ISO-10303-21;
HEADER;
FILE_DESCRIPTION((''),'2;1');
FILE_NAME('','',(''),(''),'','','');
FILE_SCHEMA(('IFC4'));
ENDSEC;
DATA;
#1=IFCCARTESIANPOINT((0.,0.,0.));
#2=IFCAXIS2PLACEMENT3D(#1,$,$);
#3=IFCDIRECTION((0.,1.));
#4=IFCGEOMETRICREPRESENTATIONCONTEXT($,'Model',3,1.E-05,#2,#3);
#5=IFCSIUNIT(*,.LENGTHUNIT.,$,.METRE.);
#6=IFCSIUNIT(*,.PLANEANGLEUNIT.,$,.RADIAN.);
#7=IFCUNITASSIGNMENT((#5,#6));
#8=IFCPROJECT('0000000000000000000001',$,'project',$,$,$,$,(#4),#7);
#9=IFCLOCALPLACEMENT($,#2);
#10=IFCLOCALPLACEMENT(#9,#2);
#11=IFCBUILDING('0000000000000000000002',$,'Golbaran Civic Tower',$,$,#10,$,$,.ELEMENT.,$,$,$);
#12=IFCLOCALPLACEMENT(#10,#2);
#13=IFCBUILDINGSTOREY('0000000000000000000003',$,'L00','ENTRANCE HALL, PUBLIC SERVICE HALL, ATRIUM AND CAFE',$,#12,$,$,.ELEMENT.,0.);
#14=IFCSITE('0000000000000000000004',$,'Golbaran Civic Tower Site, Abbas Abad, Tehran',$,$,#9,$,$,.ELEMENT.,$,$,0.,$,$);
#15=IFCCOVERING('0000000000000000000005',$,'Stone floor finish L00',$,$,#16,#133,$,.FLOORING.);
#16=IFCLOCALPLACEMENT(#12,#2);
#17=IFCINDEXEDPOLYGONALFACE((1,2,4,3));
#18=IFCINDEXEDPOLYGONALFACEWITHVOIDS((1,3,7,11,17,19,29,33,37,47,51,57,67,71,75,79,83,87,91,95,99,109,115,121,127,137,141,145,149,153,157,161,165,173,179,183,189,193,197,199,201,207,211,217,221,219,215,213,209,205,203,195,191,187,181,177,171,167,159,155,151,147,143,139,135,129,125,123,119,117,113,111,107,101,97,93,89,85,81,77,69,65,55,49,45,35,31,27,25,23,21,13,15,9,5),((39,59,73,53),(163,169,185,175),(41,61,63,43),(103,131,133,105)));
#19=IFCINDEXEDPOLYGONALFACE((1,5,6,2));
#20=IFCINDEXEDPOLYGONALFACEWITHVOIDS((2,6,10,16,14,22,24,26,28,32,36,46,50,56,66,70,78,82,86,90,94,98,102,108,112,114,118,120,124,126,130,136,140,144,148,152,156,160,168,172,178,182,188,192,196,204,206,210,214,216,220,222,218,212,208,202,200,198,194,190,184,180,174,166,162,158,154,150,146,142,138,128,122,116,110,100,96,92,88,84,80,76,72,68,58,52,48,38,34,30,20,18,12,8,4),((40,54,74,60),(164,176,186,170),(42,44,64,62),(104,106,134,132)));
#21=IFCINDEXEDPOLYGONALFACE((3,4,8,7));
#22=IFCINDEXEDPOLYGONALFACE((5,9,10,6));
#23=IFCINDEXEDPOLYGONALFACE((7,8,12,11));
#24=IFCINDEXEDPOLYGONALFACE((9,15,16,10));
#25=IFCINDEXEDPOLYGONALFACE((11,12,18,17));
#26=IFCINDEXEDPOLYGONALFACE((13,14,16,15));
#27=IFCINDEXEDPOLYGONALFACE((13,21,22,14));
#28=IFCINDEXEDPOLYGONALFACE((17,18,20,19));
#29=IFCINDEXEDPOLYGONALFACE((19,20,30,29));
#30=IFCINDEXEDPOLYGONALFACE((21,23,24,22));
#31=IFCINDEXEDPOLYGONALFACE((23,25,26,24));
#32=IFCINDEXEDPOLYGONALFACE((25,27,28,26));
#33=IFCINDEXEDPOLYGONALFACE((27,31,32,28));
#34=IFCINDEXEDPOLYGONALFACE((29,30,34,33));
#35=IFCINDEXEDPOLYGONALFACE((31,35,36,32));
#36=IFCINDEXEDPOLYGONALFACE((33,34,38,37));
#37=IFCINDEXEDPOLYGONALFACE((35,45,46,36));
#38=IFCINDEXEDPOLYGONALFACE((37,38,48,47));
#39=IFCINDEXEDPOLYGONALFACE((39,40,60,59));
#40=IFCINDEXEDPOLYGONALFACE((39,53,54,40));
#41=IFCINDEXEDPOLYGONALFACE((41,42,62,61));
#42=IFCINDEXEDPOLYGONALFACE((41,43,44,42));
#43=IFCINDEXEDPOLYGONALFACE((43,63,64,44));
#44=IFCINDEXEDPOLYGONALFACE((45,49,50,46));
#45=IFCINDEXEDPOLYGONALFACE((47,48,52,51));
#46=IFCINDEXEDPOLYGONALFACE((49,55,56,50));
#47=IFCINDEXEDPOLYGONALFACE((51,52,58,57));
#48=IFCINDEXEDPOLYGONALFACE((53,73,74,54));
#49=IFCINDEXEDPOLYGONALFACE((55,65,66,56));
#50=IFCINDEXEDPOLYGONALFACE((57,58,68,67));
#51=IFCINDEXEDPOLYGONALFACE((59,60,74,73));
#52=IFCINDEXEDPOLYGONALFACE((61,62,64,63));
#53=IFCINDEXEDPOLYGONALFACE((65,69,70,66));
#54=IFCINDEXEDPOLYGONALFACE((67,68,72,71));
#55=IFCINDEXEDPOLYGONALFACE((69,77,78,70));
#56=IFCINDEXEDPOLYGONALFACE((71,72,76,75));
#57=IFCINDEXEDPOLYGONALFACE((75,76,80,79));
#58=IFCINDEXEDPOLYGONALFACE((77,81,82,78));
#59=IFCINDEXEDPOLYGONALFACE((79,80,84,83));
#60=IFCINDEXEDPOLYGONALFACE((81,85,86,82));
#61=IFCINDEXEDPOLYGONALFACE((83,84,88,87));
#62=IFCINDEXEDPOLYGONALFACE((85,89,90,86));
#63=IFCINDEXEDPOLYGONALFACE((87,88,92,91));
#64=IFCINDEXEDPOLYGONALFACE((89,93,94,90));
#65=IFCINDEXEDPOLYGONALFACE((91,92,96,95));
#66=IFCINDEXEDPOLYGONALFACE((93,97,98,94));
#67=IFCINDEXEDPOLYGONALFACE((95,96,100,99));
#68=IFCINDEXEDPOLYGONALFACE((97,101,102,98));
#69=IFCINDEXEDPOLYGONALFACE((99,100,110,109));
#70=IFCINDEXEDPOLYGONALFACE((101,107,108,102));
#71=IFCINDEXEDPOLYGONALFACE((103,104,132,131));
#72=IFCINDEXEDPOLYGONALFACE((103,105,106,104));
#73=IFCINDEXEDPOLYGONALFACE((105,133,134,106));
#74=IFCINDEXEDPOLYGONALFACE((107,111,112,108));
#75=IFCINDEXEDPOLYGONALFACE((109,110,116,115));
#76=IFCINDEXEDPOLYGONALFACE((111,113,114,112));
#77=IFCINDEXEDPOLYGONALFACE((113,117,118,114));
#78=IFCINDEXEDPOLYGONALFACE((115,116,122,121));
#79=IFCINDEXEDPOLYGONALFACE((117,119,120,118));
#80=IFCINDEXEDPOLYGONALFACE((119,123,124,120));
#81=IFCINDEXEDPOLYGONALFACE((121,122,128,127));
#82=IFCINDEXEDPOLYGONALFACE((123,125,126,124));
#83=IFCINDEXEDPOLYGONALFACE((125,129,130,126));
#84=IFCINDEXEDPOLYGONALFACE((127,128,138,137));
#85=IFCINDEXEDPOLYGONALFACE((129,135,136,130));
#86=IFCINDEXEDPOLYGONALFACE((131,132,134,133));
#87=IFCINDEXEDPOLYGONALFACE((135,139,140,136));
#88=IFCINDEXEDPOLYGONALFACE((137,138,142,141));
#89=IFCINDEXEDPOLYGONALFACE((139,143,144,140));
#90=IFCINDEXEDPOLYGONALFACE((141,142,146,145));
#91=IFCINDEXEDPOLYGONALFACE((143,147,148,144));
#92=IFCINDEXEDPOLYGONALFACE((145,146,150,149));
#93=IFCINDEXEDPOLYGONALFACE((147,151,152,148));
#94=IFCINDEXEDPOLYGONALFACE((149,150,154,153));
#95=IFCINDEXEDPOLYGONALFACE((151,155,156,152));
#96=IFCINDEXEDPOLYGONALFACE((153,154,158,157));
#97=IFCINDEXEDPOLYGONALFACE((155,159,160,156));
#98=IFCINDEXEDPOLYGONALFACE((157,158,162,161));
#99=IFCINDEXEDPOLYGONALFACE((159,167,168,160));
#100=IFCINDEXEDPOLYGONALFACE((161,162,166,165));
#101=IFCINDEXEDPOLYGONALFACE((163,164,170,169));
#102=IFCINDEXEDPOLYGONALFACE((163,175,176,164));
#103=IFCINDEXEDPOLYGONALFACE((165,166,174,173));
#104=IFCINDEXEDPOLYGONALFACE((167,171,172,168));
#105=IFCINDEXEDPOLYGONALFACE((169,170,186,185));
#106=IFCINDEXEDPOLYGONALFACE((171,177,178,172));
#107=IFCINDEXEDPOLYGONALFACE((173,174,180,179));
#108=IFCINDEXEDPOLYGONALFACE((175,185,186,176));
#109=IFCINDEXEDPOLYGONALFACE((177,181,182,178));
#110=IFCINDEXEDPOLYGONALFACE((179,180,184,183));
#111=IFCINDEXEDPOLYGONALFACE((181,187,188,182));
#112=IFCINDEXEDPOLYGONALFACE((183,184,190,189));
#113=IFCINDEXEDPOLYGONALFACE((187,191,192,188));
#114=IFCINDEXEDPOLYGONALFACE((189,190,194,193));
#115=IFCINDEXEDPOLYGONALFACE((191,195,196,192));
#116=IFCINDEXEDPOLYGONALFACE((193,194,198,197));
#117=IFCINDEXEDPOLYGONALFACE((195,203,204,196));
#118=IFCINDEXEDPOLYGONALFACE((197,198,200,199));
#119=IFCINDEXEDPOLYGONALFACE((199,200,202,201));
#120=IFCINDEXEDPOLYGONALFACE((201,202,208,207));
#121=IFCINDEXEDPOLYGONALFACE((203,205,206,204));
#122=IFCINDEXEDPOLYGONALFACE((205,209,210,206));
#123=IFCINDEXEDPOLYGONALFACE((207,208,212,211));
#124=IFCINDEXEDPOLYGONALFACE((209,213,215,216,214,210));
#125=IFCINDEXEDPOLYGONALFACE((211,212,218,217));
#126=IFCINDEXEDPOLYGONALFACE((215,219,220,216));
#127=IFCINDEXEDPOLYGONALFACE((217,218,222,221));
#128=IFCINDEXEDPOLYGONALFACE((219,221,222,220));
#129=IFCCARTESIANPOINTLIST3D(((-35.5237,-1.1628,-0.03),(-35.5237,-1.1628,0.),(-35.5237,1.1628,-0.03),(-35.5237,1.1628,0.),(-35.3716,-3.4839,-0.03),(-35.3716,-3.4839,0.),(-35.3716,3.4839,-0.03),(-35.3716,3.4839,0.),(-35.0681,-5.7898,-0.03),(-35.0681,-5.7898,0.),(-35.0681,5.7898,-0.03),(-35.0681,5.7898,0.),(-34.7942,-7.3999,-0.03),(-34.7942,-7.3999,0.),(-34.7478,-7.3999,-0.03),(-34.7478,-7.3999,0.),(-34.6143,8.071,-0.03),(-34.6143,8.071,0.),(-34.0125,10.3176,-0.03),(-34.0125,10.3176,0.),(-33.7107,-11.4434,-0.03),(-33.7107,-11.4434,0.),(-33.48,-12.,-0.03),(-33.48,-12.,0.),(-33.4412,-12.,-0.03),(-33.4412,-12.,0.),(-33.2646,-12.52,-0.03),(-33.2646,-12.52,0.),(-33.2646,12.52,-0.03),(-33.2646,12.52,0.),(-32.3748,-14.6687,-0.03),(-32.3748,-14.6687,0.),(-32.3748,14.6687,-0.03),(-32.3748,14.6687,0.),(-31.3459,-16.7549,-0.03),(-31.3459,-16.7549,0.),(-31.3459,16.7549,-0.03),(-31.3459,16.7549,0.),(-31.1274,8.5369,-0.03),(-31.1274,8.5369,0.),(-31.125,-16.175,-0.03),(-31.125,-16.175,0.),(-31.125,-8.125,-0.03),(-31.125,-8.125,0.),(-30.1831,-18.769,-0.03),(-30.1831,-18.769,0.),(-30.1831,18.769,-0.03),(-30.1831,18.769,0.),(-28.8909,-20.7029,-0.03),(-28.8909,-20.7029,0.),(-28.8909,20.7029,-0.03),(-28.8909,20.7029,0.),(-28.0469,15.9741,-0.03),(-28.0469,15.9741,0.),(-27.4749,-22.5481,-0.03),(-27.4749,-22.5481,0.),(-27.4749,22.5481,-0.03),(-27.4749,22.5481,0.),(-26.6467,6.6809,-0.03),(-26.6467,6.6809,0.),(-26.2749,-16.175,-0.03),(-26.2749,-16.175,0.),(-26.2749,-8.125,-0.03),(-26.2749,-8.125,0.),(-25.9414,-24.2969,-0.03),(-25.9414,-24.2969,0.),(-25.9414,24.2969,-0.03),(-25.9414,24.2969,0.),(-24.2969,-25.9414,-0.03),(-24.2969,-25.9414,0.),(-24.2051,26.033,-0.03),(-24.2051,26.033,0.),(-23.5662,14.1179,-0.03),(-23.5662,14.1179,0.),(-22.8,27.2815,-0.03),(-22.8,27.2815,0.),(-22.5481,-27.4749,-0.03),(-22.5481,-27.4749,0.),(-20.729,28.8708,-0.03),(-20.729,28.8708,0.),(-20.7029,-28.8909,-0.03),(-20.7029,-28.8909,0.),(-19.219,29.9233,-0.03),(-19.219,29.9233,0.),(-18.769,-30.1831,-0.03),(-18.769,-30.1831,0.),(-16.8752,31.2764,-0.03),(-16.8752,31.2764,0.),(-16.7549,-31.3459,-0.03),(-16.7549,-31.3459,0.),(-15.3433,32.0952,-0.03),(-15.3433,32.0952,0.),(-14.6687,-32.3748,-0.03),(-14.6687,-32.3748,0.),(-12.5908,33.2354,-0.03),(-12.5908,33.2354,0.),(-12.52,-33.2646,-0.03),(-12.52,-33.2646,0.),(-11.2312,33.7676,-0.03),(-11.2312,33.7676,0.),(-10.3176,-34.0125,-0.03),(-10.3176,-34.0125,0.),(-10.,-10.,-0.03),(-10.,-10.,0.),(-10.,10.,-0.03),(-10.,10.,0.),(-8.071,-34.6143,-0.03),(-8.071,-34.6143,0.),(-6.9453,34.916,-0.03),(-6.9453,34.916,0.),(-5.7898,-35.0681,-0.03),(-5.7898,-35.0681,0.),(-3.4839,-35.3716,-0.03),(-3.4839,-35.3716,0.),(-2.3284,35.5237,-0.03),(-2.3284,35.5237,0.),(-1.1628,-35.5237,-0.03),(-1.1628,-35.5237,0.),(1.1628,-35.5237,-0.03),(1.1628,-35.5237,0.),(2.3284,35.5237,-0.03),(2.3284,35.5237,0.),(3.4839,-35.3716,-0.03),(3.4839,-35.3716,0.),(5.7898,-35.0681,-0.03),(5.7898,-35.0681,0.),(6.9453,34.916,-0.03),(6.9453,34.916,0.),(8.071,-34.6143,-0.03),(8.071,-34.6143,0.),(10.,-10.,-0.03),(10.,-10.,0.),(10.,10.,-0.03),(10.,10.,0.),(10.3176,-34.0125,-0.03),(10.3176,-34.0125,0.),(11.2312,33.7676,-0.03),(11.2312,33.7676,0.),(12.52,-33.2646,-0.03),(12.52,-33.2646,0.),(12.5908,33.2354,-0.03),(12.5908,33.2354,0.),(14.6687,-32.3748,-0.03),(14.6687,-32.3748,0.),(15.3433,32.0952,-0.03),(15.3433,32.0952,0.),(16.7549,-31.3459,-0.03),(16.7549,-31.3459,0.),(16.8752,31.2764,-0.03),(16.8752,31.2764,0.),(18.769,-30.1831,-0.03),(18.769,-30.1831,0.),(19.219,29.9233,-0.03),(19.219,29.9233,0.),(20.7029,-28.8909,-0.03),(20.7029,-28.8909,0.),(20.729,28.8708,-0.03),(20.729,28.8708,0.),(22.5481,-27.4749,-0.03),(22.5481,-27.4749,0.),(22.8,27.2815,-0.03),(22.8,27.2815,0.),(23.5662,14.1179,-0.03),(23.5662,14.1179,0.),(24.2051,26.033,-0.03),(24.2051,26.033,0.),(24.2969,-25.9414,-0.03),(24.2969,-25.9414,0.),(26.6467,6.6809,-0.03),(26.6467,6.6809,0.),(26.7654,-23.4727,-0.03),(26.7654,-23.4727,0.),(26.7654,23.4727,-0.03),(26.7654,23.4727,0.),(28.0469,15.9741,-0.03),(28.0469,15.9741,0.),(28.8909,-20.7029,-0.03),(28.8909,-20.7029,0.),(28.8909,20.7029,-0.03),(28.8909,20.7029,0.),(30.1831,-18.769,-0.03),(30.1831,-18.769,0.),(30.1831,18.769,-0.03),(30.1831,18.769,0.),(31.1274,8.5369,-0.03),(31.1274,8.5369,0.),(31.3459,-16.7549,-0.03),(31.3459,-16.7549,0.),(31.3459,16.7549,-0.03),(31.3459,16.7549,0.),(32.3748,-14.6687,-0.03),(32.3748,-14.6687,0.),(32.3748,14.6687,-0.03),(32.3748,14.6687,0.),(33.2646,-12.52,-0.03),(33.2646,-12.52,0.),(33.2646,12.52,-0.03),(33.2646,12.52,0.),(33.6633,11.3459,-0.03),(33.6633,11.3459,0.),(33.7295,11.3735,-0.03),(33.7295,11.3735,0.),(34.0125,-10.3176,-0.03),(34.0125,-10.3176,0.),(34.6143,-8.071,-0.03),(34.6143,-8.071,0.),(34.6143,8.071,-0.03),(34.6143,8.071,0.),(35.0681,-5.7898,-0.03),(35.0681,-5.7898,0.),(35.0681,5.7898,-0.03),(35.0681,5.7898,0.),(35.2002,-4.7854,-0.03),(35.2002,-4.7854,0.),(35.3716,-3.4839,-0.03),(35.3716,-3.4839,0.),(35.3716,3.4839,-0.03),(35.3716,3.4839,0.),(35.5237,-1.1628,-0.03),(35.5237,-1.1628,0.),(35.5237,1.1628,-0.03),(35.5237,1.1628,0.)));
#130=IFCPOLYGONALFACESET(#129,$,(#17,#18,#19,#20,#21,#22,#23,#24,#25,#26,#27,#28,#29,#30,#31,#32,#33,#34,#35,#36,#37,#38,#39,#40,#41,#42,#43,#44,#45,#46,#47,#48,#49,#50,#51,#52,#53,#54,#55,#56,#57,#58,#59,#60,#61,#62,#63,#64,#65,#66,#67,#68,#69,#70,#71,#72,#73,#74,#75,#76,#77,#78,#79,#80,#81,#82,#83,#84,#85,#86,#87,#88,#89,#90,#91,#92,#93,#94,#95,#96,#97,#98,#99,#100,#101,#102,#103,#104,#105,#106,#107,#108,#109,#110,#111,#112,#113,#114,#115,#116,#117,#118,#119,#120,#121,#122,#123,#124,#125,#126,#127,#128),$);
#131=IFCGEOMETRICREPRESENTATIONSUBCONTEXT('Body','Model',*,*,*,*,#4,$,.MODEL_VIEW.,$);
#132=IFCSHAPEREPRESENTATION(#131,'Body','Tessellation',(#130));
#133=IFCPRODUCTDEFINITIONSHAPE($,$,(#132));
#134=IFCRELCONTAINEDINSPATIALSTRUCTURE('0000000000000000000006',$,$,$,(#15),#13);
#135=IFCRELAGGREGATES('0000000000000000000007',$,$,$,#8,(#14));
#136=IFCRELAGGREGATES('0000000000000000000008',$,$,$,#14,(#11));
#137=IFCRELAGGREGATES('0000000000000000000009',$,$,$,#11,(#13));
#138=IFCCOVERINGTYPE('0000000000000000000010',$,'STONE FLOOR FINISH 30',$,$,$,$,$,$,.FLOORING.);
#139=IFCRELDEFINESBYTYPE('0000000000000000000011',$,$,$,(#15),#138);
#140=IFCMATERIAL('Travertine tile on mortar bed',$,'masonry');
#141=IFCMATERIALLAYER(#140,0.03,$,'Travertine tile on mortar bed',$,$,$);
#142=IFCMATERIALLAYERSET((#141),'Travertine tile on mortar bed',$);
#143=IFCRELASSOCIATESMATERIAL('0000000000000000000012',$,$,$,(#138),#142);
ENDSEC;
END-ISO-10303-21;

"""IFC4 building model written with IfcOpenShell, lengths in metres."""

from ifc_helpers import new_model, si_unit, direction, frame, origin, place, context, subcontext, project, spatial, polyline, outline, extrude, material, layer, layer_set, type_object, element, save


model = new_model("IFC4")

# Units and contexts
model_context = context("Model", 3, precision=1e-05, world=origin(), true_north=direction((0.0, 1.0)))
body_context = subcontext(model_context, "Body", "Model", "MODEL_VIEW")
ifc_project = project(units=[si_unit("LENGTHUNIT", "METRE"), si_unit("PLANEANGLEUNIT", "RADIAN")], contexts=[model_context])

# Site, building, storey
site_placement = place(None, origin())
site = spatial("IfcSite", under=ifc_project, at=site_placement, Name="Golbaran Civic Tower Site, Abbas Abad, Tehran", CompositionType="ELEMENT", RefElevation=0.0)
building_placement = place(site_placement, origin())
building = spatial("IfcBuilding", under=site, at=building_placement, Name="Golbaran Civic Tower", CompositionType="ELEMENT")
storey_placement = place(building_placement, origin())
storey = spatial("IfcBuildingStorey", under=building, at=storey_placement, Name="L00", Description="ENTRANCE HALL, PUBLIC SERVICE HALL, ATRIUM AND CAFE", CompositionType="ELEMENT", Elevation=0.0)

# Covering
ifc_material_1 = material(Name="Travertine tile on mortar bed", Category="masonry")
ifc_layer_1 = layer(ifc_material_1, 0.03, Name="Travertine tile on mortar bed")
ifc_layer_set_1 = layer_set([ifc_layer_1], Name="Travertine tile on mortar bed")
covering_type_1 = type_object("IfcCoveringType", Name="STONE FLOOR FINISH 30", PredefinedType="FLOORING", material=ifc_layer_set_1)
covering_1_placement = place(storey_placement, frame((0.0, 0.0, -0.03)))
element("IfcCovering", 1, at=covering_1_placement, inside=storey, type_object=covering_type_1, Name="Stone floor finish L00", PredefinedType="FLOORING", context=body_context, shape_type="SweptSolid", body=[
    extrude(outline(polyline([(-35.3716, -3.4839), (-35.5237, -1.1628), (-35.5237, 1.1628), (-35.3716, 3.4839), (-35.0681, 5.7898), (-34.6143, 8.071), (-34.0125, 10.3176), (-33.2646, 12.52), (-32.3748, 14.6687), (-31.3459, 16.7549), (-30.1831, 18.769), (-28.8909, 20.7029), (-27.4749, 22.5481), (-25.9414, 24.2969), (-24.2051, 26.033), (-22.8, 27.2815), (-20.729, 28.8708), (-19.219, 29.9233), (-16.8752, 31.2764), (-15.3433, 32.0952), (-12.5908, 33.2354), (-11.2312, 33.7676), (-6.9453, 34.916), (-2.3284, 35.5237), (2.3284, 35.5237), (6.9453, 34.916), (11.2312, 33.7676), (12.5908, 33.2354), (15.3433, 32.0952), (16.8752, 31.2764), (19.219, 29.9233), (20.729, 28.8708), (22.8, 27.2815), (24.2051, 26.033), (26.7654, 23.4727), (28.8909, 20.7029), (30.1831, 18.769), (31.3459, 16.7549), (32.3748, 14.6687), (33.2646, 12.52), (33.6633, 11.3459), (33.7295, 11.3735), (34.6143, 8.071), (35.0681, 5.7898), (35.3716, 3.4839), (35.5237, 1.1628), (35.5237, -1.1628), (35.3716, -3.4839), (35.2002, -4.7854), (35.0681, -5.7898), (34.6143, -8.071), (34.0125, -10.3176), (33.2646, -12.52), (32.3748, -14.6687), (31.3459, -16.7549), (30.1831, -18.769), (28.8909, -20.7029), (26.7654, -23.4727), (24.2969, -25.9414), (22.5481, -27.4749), (20.7029, -28.8909), (18.769, -30.1831), (16.7549, -31.3459), (14.6687, -32.3748), (12.52, -33.2646), (10.3176, -34.0125), (8.071, -34.6143), (5.7898, -35.0681), (3.4839, -35.3716), (1.1628, -35.5237), (-1.1628, -35.5237), (-3.4839, -35.3716), (-5.7898, -35.0681), (-8.071, -34.6143), (-10.3176, -34.0125), (-12.52, -33.2646), (-14.6687, -32.3748), (-16.7549, -31.3459), (-18.769, -30.1831), (-20.7029, -28.8909), (-22.5481, -27.4749), (-24.2969, -25.9414), (-25.9414, -24.2969), (-27.4749, -22.5481), (-28.8909, -20.7029), (-30.1831, -18.769), (-31.3459, -16.7549), (-32.3748, -14.6687), (-33.2646, -12.52), (-33.4412, -12.0), (-33.48, -12.0), (-33.7107, -11.4434), (-34.7942, -7.3999), (-34.7478, -7.3999), (-35.0681, -5.7898), (-35.3716, -3.4839)]), holes=[polyline([(26.6467, 6.6809), (31.1274, 8.5369), (28.0469, 15.9741), (23.5662, 14.1179), (26.6467, 6.6809)]), polyline([(10.0, 10.0), (-10.0, 10.0), (-10.0, -10.0), (10.0, -10.0), (10.0, 10.0)]), polyline([(-28.0469, 15.9741), (-31.1274, 8.5369), (-26.6467, 6.6809), (-23.5662, 14.1179), (-28.0469, 15.9741)]), polyline([(-31.125, -8.125), (-31.125, -16.175), (-26.2749, -16.175), (-26.2749, -8.125), (-31.125, -8.125)])]), origin(), (0.0, 0.0, 1.0), 0.03),
])

save(model, "model.ifc")
